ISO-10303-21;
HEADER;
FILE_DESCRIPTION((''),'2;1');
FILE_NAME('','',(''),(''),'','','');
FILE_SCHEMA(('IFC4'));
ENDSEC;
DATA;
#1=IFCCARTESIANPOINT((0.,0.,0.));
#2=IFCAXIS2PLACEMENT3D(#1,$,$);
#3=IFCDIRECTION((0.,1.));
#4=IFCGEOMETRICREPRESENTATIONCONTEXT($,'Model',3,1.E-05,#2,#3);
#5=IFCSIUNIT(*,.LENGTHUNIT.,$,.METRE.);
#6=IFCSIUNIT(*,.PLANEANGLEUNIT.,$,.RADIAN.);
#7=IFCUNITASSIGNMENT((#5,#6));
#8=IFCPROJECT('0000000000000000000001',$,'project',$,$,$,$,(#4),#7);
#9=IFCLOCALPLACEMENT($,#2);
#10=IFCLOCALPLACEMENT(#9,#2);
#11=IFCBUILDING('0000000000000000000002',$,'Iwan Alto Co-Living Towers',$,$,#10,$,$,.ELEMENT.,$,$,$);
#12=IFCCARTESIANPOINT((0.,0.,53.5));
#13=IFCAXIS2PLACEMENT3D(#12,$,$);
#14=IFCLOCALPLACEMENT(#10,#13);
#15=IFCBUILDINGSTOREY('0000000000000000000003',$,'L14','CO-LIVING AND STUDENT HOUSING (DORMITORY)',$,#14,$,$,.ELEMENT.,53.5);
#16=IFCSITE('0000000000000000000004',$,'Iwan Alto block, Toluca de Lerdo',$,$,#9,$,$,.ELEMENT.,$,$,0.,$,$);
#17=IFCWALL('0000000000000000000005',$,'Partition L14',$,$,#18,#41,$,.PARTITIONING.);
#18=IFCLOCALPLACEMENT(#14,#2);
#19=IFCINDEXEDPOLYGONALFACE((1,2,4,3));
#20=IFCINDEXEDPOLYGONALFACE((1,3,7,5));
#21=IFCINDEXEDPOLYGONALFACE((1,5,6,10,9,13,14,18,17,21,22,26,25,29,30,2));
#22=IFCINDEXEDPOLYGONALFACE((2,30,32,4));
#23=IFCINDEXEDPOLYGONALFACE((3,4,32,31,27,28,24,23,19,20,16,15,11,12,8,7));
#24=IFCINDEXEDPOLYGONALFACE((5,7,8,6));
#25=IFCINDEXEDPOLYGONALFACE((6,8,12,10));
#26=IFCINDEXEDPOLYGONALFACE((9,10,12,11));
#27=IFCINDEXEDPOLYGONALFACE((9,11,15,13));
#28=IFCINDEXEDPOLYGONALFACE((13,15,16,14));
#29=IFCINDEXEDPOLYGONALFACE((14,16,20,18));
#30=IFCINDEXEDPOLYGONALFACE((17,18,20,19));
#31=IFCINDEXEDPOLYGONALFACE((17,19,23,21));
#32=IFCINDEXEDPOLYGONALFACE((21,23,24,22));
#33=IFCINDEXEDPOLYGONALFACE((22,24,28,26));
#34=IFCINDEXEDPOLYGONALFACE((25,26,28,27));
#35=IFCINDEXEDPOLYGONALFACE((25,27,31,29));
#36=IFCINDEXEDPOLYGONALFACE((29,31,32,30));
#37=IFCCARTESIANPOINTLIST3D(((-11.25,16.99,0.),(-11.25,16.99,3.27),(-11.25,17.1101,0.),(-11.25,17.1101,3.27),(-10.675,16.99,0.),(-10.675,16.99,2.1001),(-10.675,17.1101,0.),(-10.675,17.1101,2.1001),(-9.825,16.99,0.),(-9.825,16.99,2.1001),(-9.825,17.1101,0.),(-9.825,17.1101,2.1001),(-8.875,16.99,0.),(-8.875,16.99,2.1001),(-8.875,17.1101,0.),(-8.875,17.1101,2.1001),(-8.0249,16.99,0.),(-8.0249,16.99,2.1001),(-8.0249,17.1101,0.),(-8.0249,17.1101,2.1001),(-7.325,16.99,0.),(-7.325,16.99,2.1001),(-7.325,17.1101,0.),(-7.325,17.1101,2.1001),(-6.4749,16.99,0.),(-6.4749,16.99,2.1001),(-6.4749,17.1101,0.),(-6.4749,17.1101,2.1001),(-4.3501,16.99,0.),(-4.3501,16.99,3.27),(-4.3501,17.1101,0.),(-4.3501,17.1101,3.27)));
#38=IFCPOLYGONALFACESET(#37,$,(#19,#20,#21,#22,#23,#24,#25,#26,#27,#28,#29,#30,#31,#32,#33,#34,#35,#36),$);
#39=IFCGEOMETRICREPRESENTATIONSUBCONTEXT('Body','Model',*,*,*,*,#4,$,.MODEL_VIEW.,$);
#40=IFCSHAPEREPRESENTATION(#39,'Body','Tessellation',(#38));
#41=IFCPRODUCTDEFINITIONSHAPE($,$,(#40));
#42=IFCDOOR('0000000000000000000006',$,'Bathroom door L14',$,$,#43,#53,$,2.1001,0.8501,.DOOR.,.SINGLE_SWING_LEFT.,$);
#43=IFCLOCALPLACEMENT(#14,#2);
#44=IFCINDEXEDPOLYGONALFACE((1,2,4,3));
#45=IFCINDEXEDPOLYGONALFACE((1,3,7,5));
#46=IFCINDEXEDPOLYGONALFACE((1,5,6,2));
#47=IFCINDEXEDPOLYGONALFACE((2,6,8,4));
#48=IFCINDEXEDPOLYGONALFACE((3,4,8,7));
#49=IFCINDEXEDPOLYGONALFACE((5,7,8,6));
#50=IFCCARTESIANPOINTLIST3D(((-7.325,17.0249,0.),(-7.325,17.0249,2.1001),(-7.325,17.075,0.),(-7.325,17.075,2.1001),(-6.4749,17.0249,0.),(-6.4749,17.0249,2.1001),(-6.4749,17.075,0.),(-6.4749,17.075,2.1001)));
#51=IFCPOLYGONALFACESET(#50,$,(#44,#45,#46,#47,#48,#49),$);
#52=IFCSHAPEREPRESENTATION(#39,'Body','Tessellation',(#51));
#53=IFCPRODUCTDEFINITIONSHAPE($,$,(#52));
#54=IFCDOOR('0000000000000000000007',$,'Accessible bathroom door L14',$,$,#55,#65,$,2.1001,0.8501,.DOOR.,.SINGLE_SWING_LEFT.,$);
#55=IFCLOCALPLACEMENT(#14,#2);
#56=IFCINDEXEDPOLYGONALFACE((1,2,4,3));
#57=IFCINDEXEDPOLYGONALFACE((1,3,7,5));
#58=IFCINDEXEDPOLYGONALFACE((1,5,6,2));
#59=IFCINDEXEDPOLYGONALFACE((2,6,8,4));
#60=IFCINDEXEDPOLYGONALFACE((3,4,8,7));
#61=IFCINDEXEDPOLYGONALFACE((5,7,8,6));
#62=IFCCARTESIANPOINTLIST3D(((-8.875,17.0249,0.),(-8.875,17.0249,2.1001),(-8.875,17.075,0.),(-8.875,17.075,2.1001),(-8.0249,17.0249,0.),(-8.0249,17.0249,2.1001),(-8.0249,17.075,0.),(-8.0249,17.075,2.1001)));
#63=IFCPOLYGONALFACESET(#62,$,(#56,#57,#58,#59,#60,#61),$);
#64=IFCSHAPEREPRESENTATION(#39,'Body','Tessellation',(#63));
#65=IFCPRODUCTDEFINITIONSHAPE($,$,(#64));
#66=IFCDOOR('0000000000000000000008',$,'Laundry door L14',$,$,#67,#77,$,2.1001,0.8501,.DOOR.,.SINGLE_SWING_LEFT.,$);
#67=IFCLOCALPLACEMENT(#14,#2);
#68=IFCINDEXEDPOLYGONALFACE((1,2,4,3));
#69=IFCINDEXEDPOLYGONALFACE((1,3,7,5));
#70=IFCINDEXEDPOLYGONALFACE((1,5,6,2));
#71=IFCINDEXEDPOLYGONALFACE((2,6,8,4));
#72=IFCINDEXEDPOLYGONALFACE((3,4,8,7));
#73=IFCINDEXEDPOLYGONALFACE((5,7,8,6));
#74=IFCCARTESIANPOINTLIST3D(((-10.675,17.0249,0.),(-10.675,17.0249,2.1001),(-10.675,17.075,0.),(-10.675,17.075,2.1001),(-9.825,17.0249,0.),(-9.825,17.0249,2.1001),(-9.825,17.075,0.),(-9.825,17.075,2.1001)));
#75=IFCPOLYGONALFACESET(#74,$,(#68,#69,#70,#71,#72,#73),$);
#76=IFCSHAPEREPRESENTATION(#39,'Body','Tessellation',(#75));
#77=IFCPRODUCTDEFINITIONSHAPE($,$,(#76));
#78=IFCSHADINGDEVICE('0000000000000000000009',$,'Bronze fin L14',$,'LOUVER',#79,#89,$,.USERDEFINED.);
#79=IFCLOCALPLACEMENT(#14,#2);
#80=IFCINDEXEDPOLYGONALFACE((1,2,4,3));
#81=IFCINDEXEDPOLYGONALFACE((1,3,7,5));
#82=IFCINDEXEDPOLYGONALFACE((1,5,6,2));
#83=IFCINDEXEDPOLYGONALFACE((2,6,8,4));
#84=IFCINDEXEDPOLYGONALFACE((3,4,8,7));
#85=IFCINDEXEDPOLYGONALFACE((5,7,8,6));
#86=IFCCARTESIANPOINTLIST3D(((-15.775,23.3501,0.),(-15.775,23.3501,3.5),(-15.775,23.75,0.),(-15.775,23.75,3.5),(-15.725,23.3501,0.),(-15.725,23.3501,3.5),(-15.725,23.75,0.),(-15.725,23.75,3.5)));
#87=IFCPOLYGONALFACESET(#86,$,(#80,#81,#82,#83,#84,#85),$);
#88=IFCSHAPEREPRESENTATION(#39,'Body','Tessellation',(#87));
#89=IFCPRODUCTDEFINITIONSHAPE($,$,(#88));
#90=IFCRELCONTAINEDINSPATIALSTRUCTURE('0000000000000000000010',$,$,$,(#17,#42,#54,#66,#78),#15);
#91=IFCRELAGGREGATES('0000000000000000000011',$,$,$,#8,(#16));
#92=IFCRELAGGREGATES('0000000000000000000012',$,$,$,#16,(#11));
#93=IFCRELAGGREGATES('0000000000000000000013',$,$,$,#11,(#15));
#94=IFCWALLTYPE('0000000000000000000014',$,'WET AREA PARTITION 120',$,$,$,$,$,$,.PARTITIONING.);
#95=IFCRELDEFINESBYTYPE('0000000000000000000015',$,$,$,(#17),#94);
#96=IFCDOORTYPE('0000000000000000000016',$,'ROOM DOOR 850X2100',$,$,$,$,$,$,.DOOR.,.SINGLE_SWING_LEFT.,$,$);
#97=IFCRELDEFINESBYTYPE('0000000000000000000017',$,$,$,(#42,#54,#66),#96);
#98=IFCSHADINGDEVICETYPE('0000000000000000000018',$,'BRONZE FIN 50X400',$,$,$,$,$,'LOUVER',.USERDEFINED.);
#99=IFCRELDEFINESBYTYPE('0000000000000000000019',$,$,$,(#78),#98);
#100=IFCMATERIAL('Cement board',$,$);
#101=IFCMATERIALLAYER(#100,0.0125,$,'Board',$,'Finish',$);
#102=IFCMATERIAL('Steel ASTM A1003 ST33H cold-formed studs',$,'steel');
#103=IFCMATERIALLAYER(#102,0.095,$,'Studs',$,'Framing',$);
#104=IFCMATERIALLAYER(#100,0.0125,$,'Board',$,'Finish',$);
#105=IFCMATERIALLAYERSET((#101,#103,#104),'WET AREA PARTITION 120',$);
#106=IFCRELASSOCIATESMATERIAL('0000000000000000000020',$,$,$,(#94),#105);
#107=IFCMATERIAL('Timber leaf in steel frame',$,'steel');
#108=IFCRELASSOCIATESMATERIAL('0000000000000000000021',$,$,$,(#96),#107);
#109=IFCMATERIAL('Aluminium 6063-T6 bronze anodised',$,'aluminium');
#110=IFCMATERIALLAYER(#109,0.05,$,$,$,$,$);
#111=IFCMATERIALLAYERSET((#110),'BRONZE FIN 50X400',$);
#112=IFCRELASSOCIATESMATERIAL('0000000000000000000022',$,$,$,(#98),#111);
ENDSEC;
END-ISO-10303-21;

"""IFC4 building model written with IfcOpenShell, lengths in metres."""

from ifc_helpers import new_model, si_unit, direction, frame, frame_2d, origin, origin_2d, place, context, subcontext, project, spatial, rectangle, extrude, material, layer, layer_set, type_object, element, fill, save


model = new_model("IFC4")

# Units and contexts
model_context = context("Model", 3, precision=1e-05, world=origin(), true_north=direction((0.0, 1.0)))
body_context = subcontext(model_context, "Body", "Model", "MODEL_VIEW")
ifc_project = project(units=[si_unit("LENGTHUNIT", "METRE"), si_unit("PLANEANGLEUNIT", "RADIAN")], contexts=[model_context])

# Site, building, storey
site_placement = place(None, origin())
site = spatial("IfcSite", under=ifc_project, at=site_placement, Name="Iwan Alto block, Toluca de Lerdo", CompositionType="ELEMENT", RefElevation=0.0)
building_placement = place(site_placement, origin())
building = spatial("IfcBuilding", under=site, at=building_placement, Name="Iwan Alto Co-Living Towers", CompositionType="ELEMENT")
storey_placement = place(building_placement, frame((0.0, 0.0, 53.5)))
storey = spatial("IfcBuildingStorey", under=building, at=storey_placement, Name="L14", Description="CO-LIVING AND STUDENT HOUSING (DORMITORY)", CompositionType="ELEMENT", Elevation=53.5)

# Wall, openings, doors
ifc_material_1 = material(Name="Steel ASTM A1003 ST33H cold-formed studs", Category="steel")
ifc_material_2 = material(Name="Cement board")
ifc_layer_1 = layer(ifc_material_2, 0.0125, Name="Board", Category="Finish")
ifc_layer_2 = layer(ifc_material_1, 0.095, Name="Studs", Category="Framing")
ifc_layer_3 = layer(ifc_material_2, 0.0125, Name="Board", Category="Finish")
ifc_layer_set_1 = layer_set([ifc_layer_1, ifc_layer_2, ifc_layer_3], Name="WET AREA PARTITION 120")
wall_type_1 = type_object("IfcWallType", Name="WET AREA PARTITION 120", PredefinedType="PARTITIONING", material=ifc_layer_set_1)
wall_1_placement = place(storey_placement, frame((-11.25, 17.05, 0.0), z_axis=(0.0, 0.0, 1.0), x_axis=(1.0, 0.0, 0.0)))
wall_1 = element("IfcWall", 1, at=wall_1_placement, inside=storey, type_object=wall_type_1, Name="Partition L14", PredefinedType="PARTITIONING", context=body_context, shape_type="SweptSolid", body=[
    extrude(rectangle(XDim=6.8999, YDim=0.1201, at=frame_2d((3.45, 0.0))), origin(), (0.0, 0.0, 1.0), 3.27),
])
opening_1_placement = place(wall_1_placement, frame((3.925, 0.0, 0.0)))
opening_1 = element("IfcOpeningElement", 2, at=opening_1_placement, cuts=wall_1, PredefinedType="OPENING", context=body_context, shape_type="SweptSolid", body=[
    extrude(rectangle(XDim=0.8501, YDim=2.1001, at=frame_2d((0.425, 1.05))), frame((0.0, 0.0701, 0.0), z_axis=(0.0, -1.0, 0.0), x_axis=(1.0, 0.0, 0.0)), (0.0, 0.0, 1.0), 0.1401),
])
opening_2_placement = place(wall_1_placement, frame((2.375, 0.0, 0.0)))
opening_2 = element("IfcOpeningElement", 3, at=opening_2_placement, cuts=wall_1, PredefinedType="OPENING", context=body_context, shape_type="SweptSolid", body=[
    extrude(rectangle(XDim=0.8501, YDim=2.1001, at=frame_2d((0.425, 1.05))), frame((0.0, 0.0701, 0.0), z_axis=(0.0, -1.0, 0.0), x_axis=(1.0, 0.0, 0.0)), (0.0, 0.0, 1.0), 0.1401),
])
opening_3_placement = place(wall_1_placement, frame((0.575, 0.0, 0.0)))
opening_3 = element("IfcOpeningElement", 4, at=opening_3_placement, cuts=wall_1, PredefinedType="OPENING", context=body_context, shape_type="SweptSolid", body=[
    extrude(rectangle(XDim=0.8501, YDim=2.1001, at=frame_2d((0.425, 1.05))), frame((0.0, 0.0701, 0.0), z_axis=(0.0, -1.0, 0.0), x_axis=(1.0, 0.0, 0.0)), (0.0, 0.0, 1.0), 0.1401),
])
ifc_material_3 = material(Name="Timber leaf in steel frame", Category="steel")
door_type_1 = type_object("IfcDoorType", Name="ROOM DOOR 850X2100", OperationType="SINGLE_SWING_LEFT", PredefinedType="DOOR", material=ifc_material_3)
door_1_placement = place(opening_1_placement, origin())
door_1 = element("IfcDoor", 5, at=door_1_placement, inside=storey, type_object=door_type_1, Name="Bathroom door L14", OperationType="SINGLE_SWING_LEFT", OverallHeight=2.1001, OverallWidth=0.8501, PredefinedType="DOOR", context=body_context, shape_type="SweptSolid", body=[
    extrude(rectangle(XDim=0.8501, YDim=2.1001, at=frame_2d((0.425, 1.05))), frame((0.0, 0.0249, 0.0), z_axis=(0.0, -1.0, 0.0), x_axis=(1.0, 0.0, 0.0)), (0.0, 0.0, 1.0), 0.05),
])
fill(opening_1, door_1)
door_2_placement = place(opening_2_placement, origin())
door_2 = element("IfcDoor", 6, at=door_2_placement, inside=storey, type_object=door_type_1, Name="Accessible bathroom door L14", OperationType="SINGLE_SWING_LEFT", OverallHeight=2.1001, OverallWidth=0.8501, PredefinedType="DOOR", context=body_context, shape_type="SweptSolid", body=[
    extrude(rectangle(XDim=0.8501, YDim=2.1001, at=frame_2d((0.425, 1.05))), frame((0.0, 0.0249, 0.0), z_axis=(0.0, -1.0, 0.0), x_axis=(1.0, 0.0, 0.0)), (0.0, 0.0, 1.0), 0.05),
])
fill(opening_2, door_2)
door_3_placement = place(opening_3_placement, origin())
door_3 = element("IfcDoor", 7, at=door_3_placement, inside=storey, type_object=door_type_1, Name="Laundry door L14", OperationType="SINGLE_SWING_LEFT", OverallHeight=2.1001, OverallWidth=0.8501, PredefinedType="DOOR", context=body_context, shape_type="SweptSolid", body=[
    extrude(rectangle(XDim=0.8501, YDim=2.1001, at=frame_2d((0.425, 1.05))), frame((0.0, 0.0249, 0.0), z_axis=(0.0, -1.0, 0.0), x_axis=(1.0, 0.0, 0.0)), (0.0, 0.0, 1.0), 0.05),
])
fill(opening_3, door_3)

# Shading device
ifc_material_4 = material(Name="Aluminium 6063-T6 bronze anodised", Category="aluminium")
ifc_layer_4 = layer(ifc_material_4, 0.05)
ifc_layer_set_2 = layer_set([ifc_layer_4], Name="BRONZE FIN 50X400")
shading_device_type = type_object("IfcShadingDeviceType", Name="BRONZE FIN 50X400", ElementType="LOUVER", PredefinedType="USERDEFINED", material=ifc_layer_set_2)
shading_device_placement = place(storey_placement, frame((-15.75, 23.55, 0.0), z_axis=(0.0, 0.0, 1.0), x_axis=(-1.0, 0.0, 0.0)))
element("IfcShadingDevice", 8, at=shading_device_placement, inside=storey, type_object=shading_device_type, Name="Bronze fin L14", ObjectType="LOUVER", PredefinedType="USERDEFINED", context=body_context, shape_type="SweptSolid", body=[
    extrude(rectangle(XDim=0.05, YDim=0.3999, at=origin_2d()), origin(), (0.0, 0.0, 1.0), 3.5),
])

save(model, "model.ifc")
